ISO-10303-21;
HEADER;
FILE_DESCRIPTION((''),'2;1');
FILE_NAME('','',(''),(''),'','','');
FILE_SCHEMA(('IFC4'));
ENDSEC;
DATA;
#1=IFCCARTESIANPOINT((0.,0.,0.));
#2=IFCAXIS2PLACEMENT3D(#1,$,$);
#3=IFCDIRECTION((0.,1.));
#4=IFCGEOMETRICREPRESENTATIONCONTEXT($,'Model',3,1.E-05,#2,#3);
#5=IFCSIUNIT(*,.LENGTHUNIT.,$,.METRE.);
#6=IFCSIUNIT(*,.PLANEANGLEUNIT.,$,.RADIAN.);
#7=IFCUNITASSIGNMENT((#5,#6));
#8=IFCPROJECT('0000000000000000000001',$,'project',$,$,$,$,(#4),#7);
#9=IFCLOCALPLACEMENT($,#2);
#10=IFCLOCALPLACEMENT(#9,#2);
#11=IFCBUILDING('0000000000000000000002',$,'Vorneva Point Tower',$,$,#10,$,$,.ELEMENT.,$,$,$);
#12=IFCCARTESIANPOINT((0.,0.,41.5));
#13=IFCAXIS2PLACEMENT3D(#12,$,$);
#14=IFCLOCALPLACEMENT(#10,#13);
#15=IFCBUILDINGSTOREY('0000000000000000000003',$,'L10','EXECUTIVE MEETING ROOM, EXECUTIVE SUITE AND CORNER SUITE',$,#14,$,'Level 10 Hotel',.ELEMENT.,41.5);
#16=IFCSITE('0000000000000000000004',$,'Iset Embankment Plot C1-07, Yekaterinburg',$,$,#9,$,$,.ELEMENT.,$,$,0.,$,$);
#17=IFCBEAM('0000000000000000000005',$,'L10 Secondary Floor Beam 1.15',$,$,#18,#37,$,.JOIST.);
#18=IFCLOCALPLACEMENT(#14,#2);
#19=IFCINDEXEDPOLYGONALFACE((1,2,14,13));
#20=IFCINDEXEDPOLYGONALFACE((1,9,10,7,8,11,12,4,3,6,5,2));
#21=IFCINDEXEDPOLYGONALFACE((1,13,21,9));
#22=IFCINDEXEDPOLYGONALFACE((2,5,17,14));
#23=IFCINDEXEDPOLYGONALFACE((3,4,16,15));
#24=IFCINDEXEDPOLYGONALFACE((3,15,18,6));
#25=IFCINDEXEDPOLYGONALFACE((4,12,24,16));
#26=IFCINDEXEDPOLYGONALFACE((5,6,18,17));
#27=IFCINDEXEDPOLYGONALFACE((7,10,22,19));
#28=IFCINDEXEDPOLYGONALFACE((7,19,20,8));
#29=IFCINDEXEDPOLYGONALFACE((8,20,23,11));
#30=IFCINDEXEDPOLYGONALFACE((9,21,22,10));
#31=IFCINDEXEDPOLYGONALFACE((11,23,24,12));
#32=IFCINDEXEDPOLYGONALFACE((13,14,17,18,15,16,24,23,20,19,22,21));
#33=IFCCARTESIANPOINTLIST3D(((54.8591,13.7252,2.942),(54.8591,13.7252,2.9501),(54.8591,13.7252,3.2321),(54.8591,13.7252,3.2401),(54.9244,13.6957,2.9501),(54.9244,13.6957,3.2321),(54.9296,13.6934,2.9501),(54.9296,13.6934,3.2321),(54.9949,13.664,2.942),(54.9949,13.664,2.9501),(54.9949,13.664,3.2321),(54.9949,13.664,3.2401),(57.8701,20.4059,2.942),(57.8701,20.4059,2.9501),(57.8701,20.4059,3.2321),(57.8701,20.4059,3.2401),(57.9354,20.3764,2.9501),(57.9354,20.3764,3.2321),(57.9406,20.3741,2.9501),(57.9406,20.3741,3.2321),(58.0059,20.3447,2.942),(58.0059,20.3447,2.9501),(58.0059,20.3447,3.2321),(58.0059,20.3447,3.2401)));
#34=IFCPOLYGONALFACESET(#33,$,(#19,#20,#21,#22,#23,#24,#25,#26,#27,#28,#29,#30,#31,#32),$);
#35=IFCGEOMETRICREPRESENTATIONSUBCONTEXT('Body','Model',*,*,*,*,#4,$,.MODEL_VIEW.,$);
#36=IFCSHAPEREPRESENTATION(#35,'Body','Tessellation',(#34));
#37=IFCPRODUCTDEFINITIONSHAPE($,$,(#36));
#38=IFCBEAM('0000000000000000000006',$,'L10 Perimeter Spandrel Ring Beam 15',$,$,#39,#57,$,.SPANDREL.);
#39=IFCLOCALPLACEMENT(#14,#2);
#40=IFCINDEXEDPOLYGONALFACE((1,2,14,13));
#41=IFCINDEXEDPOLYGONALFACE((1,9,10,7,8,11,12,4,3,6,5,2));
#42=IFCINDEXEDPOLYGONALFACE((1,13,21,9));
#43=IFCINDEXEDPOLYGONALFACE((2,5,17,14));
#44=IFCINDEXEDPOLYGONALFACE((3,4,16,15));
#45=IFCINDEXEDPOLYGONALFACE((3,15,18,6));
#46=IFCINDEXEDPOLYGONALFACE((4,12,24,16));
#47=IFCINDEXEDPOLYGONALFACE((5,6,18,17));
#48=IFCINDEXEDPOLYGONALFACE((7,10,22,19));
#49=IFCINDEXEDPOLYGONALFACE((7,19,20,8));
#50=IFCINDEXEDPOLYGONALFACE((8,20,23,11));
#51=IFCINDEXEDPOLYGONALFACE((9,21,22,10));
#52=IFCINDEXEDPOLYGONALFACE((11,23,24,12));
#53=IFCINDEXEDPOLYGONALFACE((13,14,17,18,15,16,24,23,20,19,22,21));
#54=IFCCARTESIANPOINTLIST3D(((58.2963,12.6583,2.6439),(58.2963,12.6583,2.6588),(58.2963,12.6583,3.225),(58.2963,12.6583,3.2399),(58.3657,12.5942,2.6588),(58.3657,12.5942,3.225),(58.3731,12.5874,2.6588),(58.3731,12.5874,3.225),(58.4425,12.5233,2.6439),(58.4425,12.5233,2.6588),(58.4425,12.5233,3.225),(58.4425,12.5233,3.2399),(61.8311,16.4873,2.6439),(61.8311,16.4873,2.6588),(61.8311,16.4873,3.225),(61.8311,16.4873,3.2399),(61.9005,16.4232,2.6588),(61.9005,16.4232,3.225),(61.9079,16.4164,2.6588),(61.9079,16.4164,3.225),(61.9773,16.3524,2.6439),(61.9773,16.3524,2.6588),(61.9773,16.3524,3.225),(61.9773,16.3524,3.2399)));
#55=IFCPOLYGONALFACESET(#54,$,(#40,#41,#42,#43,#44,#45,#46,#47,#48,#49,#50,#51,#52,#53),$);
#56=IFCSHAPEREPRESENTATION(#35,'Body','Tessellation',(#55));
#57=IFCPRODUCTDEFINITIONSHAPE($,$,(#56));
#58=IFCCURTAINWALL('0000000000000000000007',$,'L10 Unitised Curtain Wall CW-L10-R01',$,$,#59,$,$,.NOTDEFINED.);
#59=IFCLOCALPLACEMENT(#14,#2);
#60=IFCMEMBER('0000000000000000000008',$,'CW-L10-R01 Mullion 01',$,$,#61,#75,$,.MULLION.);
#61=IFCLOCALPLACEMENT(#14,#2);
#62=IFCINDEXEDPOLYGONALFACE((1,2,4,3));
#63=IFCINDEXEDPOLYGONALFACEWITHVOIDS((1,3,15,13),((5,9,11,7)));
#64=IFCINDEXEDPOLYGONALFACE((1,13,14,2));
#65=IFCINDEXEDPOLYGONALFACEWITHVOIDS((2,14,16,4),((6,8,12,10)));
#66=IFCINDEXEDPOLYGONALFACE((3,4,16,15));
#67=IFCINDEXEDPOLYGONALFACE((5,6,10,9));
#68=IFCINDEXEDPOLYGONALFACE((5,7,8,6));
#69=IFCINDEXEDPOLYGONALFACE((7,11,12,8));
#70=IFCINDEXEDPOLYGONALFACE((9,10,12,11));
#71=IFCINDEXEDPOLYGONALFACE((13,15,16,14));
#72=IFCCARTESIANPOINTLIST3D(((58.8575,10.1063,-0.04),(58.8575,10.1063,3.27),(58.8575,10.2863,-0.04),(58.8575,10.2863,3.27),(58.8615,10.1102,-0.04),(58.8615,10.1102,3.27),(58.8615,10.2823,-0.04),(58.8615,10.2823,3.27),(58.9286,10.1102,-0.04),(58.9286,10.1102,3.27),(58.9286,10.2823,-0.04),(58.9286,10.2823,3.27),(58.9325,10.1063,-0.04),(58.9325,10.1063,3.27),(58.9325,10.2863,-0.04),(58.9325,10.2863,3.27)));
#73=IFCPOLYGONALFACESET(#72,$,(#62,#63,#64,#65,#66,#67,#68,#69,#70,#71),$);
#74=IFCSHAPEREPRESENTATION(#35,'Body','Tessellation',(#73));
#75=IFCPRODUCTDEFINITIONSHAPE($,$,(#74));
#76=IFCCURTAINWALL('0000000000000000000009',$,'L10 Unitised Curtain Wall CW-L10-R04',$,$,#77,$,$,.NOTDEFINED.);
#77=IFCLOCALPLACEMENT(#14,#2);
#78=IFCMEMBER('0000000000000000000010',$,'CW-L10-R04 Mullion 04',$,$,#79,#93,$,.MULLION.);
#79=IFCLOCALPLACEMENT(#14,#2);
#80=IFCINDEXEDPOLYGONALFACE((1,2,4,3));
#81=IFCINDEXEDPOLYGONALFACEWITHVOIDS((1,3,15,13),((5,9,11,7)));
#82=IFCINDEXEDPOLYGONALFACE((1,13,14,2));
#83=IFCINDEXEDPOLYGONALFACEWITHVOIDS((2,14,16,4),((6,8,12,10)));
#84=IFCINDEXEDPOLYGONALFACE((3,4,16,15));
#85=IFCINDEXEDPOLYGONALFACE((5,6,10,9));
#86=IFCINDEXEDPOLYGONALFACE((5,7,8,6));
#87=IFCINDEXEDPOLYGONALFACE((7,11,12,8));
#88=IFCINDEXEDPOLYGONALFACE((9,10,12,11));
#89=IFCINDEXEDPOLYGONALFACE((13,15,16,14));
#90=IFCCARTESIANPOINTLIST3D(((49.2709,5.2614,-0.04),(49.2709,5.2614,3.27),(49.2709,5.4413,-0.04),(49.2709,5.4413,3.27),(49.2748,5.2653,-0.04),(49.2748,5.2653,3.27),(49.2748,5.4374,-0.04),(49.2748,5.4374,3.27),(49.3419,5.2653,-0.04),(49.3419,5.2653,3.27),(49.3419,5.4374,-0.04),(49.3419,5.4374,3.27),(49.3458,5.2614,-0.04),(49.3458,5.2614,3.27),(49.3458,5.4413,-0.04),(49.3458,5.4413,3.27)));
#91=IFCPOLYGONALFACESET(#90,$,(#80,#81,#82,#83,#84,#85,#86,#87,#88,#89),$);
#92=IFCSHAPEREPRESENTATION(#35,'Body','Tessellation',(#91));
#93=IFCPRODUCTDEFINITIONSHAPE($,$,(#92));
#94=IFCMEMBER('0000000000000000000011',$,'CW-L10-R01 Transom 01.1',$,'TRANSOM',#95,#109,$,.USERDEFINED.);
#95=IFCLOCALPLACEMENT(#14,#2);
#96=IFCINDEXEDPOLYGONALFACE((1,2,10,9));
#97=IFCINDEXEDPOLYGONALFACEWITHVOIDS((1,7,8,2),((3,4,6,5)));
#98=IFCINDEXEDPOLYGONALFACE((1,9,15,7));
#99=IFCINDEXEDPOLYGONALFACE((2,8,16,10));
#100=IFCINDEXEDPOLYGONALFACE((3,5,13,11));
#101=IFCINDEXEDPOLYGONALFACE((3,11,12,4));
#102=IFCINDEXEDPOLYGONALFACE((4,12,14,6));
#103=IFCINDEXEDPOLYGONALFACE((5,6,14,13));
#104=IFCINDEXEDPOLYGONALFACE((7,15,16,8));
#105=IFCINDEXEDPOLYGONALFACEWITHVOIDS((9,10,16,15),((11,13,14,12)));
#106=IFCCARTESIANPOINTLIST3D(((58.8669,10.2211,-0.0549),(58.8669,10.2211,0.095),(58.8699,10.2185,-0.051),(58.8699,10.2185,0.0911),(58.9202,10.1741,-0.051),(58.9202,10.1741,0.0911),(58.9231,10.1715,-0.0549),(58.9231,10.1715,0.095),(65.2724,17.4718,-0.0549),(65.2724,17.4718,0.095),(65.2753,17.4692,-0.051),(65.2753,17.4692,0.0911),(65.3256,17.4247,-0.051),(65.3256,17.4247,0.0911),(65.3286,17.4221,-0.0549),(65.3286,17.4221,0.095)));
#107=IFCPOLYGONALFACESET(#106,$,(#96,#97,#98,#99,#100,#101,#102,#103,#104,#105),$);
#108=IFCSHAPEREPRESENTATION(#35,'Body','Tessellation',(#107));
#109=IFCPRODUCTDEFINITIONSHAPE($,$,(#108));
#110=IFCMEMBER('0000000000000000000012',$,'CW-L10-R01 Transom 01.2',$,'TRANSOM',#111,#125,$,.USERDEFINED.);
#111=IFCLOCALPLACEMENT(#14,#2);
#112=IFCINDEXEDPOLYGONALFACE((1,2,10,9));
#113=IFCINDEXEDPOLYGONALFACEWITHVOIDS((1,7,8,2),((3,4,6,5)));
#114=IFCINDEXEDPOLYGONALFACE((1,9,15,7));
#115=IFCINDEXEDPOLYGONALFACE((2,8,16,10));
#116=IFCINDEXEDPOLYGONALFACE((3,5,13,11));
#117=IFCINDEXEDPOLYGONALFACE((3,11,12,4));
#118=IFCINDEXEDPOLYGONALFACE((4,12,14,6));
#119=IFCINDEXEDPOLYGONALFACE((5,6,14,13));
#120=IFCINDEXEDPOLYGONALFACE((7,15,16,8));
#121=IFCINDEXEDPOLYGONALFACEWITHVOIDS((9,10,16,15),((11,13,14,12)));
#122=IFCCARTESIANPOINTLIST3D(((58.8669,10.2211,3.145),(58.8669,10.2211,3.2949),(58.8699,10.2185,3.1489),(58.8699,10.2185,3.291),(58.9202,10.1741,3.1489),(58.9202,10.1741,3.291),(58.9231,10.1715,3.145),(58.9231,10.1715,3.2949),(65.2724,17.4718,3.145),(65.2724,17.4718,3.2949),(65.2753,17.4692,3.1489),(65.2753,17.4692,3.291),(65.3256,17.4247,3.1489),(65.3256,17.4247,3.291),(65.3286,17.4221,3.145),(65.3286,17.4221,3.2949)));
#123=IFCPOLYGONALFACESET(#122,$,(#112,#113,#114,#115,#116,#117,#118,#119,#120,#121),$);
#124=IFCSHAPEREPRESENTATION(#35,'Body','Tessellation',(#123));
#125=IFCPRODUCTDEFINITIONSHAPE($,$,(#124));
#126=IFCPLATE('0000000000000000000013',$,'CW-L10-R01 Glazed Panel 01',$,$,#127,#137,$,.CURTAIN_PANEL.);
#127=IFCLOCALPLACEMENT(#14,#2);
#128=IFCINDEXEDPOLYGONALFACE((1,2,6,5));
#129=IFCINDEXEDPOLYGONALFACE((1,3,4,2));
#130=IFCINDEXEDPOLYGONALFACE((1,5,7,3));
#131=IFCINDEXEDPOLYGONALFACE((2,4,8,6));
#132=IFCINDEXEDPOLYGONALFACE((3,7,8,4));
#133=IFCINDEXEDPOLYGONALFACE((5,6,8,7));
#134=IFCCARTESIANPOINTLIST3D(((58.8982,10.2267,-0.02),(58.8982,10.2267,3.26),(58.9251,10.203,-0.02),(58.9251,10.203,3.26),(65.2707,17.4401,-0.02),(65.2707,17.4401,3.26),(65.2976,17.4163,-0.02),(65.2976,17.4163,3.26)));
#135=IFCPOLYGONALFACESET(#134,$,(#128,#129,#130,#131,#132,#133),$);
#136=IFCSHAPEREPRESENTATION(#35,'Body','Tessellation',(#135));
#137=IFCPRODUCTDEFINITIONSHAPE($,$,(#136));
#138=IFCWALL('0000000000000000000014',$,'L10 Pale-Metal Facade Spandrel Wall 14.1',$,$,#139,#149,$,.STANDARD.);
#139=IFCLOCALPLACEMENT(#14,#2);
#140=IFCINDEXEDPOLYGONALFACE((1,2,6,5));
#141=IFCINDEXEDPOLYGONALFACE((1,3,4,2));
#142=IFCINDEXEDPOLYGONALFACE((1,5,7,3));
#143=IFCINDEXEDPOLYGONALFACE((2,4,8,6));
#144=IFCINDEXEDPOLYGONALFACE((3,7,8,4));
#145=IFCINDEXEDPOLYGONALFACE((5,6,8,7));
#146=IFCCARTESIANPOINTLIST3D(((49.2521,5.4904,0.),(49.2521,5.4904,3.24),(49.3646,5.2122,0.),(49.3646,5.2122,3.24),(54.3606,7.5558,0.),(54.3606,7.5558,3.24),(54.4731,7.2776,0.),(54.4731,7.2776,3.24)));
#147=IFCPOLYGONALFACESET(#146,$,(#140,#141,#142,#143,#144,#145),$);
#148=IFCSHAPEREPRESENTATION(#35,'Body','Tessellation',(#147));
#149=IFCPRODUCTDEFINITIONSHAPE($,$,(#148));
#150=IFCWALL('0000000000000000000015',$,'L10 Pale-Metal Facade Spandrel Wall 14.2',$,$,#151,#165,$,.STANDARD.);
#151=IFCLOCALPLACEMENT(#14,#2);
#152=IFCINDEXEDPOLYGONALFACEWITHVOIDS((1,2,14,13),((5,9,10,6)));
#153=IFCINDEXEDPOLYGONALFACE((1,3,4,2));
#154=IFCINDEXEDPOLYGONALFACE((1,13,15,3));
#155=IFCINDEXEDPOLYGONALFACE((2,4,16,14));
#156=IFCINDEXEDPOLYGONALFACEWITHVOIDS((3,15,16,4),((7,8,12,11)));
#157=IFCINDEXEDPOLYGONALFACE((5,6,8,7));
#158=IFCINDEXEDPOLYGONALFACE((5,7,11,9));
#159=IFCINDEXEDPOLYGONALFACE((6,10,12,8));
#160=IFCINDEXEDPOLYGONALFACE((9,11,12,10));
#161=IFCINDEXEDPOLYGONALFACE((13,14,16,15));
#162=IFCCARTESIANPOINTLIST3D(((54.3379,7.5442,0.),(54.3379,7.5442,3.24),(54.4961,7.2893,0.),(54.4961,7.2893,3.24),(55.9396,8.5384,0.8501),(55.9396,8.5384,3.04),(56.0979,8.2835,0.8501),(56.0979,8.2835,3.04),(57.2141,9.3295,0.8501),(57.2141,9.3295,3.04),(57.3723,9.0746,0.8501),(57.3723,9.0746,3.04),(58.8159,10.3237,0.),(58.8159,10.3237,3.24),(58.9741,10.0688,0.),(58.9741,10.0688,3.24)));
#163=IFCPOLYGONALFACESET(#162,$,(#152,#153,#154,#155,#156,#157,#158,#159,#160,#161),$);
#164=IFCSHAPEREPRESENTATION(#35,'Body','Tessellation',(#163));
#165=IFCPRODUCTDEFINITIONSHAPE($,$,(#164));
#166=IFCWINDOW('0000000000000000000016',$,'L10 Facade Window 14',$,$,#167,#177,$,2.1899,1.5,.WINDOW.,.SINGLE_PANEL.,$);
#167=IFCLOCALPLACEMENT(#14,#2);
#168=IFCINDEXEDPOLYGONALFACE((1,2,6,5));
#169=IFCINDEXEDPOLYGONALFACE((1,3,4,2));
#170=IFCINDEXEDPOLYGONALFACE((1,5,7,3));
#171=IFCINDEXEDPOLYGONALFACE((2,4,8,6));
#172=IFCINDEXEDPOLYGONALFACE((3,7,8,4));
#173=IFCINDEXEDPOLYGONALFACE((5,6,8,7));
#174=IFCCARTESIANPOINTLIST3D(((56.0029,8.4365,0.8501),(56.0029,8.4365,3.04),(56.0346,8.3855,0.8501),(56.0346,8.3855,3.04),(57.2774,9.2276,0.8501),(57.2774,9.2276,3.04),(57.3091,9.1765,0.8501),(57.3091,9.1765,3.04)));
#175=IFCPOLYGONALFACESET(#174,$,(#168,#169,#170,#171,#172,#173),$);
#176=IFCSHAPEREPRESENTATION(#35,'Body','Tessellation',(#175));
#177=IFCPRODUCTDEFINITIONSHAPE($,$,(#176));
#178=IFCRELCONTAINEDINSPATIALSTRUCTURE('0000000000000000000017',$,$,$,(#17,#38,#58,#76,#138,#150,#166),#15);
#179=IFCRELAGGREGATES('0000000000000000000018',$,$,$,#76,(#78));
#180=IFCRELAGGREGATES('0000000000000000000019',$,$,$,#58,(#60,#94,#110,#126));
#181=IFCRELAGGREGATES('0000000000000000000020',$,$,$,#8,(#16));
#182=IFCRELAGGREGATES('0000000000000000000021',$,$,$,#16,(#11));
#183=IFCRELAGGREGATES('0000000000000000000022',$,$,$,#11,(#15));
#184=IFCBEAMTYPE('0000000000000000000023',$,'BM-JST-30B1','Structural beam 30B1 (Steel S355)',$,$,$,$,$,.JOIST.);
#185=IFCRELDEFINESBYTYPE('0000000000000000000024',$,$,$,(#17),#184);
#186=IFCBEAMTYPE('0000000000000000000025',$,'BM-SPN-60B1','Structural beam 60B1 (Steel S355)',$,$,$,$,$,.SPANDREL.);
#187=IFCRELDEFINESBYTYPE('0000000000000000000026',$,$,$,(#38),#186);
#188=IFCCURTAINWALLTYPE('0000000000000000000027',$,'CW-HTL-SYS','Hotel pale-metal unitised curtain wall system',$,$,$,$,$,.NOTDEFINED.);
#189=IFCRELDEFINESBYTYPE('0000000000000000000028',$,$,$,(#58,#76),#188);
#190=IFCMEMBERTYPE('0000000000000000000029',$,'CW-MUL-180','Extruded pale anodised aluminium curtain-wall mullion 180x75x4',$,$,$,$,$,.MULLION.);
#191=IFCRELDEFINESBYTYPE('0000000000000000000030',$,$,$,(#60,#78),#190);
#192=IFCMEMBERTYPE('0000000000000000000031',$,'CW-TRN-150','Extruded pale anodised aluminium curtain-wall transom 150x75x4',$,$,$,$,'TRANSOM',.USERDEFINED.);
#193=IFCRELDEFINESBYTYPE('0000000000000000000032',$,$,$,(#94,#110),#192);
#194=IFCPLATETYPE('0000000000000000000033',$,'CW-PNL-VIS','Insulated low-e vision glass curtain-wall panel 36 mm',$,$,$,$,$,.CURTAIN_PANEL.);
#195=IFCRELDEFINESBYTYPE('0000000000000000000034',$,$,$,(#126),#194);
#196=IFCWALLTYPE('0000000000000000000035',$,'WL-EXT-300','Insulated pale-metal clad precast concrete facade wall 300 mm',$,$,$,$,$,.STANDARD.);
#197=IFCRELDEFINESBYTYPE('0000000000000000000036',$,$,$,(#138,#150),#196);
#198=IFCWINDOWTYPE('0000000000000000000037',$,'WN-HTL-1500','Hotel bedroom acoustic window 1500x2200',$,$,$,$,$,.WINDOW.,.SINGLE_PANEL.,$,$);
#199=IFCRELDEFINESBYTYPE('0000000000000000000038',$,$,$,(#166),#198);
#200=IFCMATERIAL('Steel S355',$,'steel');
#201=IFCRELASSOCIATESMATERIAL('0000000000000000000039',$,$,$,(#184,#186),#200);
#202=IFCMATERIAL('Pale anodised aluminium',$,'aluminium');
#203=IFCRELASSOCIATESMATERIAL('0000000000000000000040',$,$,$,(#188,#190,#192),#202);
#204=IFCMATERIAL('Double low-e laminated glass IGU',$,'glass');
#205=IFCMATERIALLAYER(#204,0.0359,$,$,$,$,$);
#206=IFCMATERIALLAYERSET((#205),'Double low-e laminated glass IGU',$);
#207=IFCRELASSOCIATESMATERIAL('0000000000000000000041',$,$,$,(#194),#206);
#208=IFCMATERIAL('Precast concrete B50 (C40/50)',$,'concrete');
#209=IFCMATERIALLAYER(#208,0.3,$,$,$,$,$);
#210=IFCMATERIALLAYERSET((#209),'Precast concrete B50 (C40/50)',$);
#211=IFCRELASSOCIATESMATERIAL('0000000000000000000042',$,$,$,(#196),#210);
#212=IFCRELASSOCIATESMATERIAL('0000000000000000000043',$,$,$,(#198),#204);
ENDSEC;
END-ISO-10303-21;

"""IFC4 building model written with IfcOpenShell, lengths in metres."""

from ifc_helpers import new_model, si_unit, direction, frame, frame_2d, origin, origin_2d, place, context, subcontext, project, spatial, rectangle, hollow_rectangle, i_section, extrude, material, layer, layer_set, material_profile, profile_set, type_object, element, fill, aggregate, save


model = new_model("IFC4")

# Units and contexts
model_context = context("Model", 3, precision=1e-05, world=origin(), true_north=direction((0.0, 1.0)))
body_context = subcontext(model_context, "Body", "Model", "MODEL_VIEW")
ifc_project = project(units=[si_unit("LENGTHUNIT", "METRE"), si_unit("PLANEANGLEUNIT", "RADIAN")], contexts=[model_context])

# Site, building, storey
site_placement = place(None, origin())
site = spatial("IfcSite", under=ifc_project, at=site_placement, Name="Iset Embankment Plot C1-07, Yekaterinburg", CompositionType="ELEMENT", RefElevation=0.0)
building_placement = place(site_placement, origin())
building = spatial("IfcBuilding", under=site, at=building_placement, Name="Vorneva Point Tower", CompositionType="ELEMENT")
storey_placement = place(building_placement, frame((0.0, 0.0, 41.5)))
storey = spatial("IfcBuildingStorey", under=building, at=storey_placement, Name="L10", Description="EXECUTIVE MEETING ROOM, EXECUTIVE SUITE AND CORNER SUITE", LongName="Level 10 Hotel", CompositionType="ELEMENT", Elevation=41.5)

# Beams
ifc_material_1 = material(Name="Steel S355", Category="steel")
ifc_material_profile_1 = material_profile(ifc_material_1, i_section(OverallWidth=0.1489, OverallDepth=0.2981, WebThickness=0.0056, FlangeThickness=0.0081, at=origin_2d()), Name="30B1")
ifc_profile_set_1 = profile_set([ifc_material_profile_1], Name="Steel S355")
beam_type_1 = type_object("IfcBeamType", Name="BM-JST-30B1", Description="Structural beam 30B1 (Steel S355)", PredefinedType="JOIST", material=ifc_profile_set_1)
beam_1_placement = place(storey_placement, frame((54.927, 13.6946, 3.0911), z_axis=(0.410897, 0.911682, 0.0), x_axis=(-0.911682, 0.410897, 0.0)))
element("IfcBeam", 1, at=beam_1_placement, inside=storey, type_object=beam_type_1, Name="L10 Secondary Floor Beam 1.15", PredefinedType="JOIST", context=body_context, shape_type="SweptSolid", body=[
    extrude(i_section(OverallWidth=0.1489, OverallDepth=0.2981, WebThickness=0.0056, FlangeThickness=0.0081, at=origin_2d()), origin(), (0.0, 0.0, 1.0), 7.3279),
])
ifc_material_profile_2 = material_profile(ifc_material_1, i_section(OverallWidth=0.199, OverallDepth=0.5959, WebThickness=0.01, FlangeThickness=0.0149, at=origin_2d()), Name="60B1")
ifc_profile_set_2 = profile_set([ifc_material_profile_2], Name="Steel S355")
beam_type_2 = type_object("IfcBeamType", Name="BM-SPN-60B1", Description="Structural beam 60B1 (Steel S355)", PredefinedType="SPANDREL", material=ifc_profile_set_2)
beam_2_placement = place(storey_placement, frame((58.3694, 12.5908, 2.9419), z_axis=(0.678317, 0.734769, 0.0), x_axis=(-0.734769, 0.678317, 0.0)))
element("IfcBeam", 2, at=beam_2_placement, inside=storey, type_object=beam_type_2, Name="L10 Perimeter Spandrel Ring Beam 15", PredefinedType="SPANDREL", context=body_context, shape_type="SweptSolid", body=[
    extrude(i_section(OverallWidth=0.199, OverallDepth=0.5959, WebThickness=0.01, FlangeThickness=0.0149, at=origin_2d()), origin(), (0.0, 0.0, 1.0), 5.2112),
])

# Curtain walls, members
ifc_material_2 = material(Name="Pale anodised aluminium", Category="aluminium")
curtain_wall_type = type_object("IfcCurtainWallType", Name="CW-HTL-SYS", Description="Hotel pale-metal unitised curtain wall system", PredefinedType="NOTDEFINED", material=ifc_material_2)
curtain_wall_1_placement = place(storey_placement, origin())
curtain_wall_1 = element("IfcCurtainWall", 3, at=curtain_wall_1_placement, inside=storey, type_object=curtain_wall_type, Name="L10 Unitised Curtain Wall CW-L10-R01", PredefinedType="NOTDEFINED")
ifc_material_profile_3 = material_profile(ifc_material_2, hollow_rectangle(XDim=0.075, YDim=0.1799, WallThickness=0.0039, at=origin_2d()), Name="AL-MUL 180x75x4")
ifc_profile_set_3 = profile_set([ifc_material_profile_3], Name="Pale anodised aluminium")
member_type_1 = type_object("IfcMemberType", Name="CW-MUL-180", Description="Extruded pale anodised aluminium curtain-wall mullion 180x75x4", PredefinedType="MULLION", material=ifc_profile_set_3)
member_1_placement = place(storey_placement, frame((58.895, 10.1963, -0.04), z_axis=(0.0, 0.0, 1.0), x_axis=(1.0, 0.0, 0.0)))
member_1 = element("IfcMember", 4, at=member_1_placement, type_object=member_type_1, Name="CW-L10-R01 Mullion 01", PredefinedType="MULLION", context=body_context, shape_type="SweptSolid", body=[
    extrude(hollow_rectangle(XDim=0.075, YDim=0.1799, WallThickness=0.0039, at=origin_2d()), origin(), (0.0, 0.0, 1.0), 3.3101),
])
curtain_wall_2_placement = place(storey_placement, origin())
curtain_wall_2 = element("IfcCurtainWall", 5, at=curtain_wall_2_placement, inside=storey, type_object=curtain_wall_type, Name="L10 Unitised Curtain Wall CW-L10-R04", PredefinedType="NOTDEFINED")
member_2_placement = place(storey_placement, frame((49.3083, 5.3513, -0.04), z_axis=(0.0, 0.0, 1.0), x_axis=(1.0, 0.0, 0.0)))
member_2 = element("IfcMember", 6, at=member_2_placement, type_object=member_type_1, Name="CW-L10-R04 Mullion 04", PredefinedType="MULLION", context=body_context, shape_type="SweptSolid", body=[
    extrude(hollow_rectangle(XDim=0.075, YDim=0.1799, WallThickness=0.0039, at=origin_2d()), origin(), (0.0, 0.0, 1.0), 3.3101),
])
aggregate(curtain_wall_2, [member_2])

# Members
ifc_material_profile_4 = material_profile(ifc_material_2, hollow_rectangle(XDim=0.075, YDim=0.1499, WallThickness=0.0039, at=origin_2d()), Name="AL-TRN 150x75x4")
ifc_profile_set_4 = profile_set([ifc_material_profile_4], Name="Pale anodised aluminium")
member_type_2 = type_object("IfcMemberType", Name="CW-TRN-150", Description="Extruded pale anodised aluminium curtain-wall transom 150x75x4", ElementType="TRANSOM", PredefinedType="USERDEFINED", material=ifc_profile_set_4)
member_3_placement = place(storey_placement, frame((58.895, 10.1963, 0.02), z_axis=(0.662076, 0.749437, 0.0), x_axis=(-0.749437, 0.662076, 0.0)))
member_3 = element("IfcMember", 7, at=member_3_placement, type_object=member_type_2, Name="CW-L10-R01 Transom 01.1", ObjectType="TRANSOM", PredefinedType="USERDEFINED", context=body_context, shape_type="SweptSolid", body=[
    extrude(hollow_rectangle(XDim=0.075, YDim=0.1499, WallThickness=0.0039, at=origin_2d()), origin(), (0.0, 0.0, 1.0), 9.6748),
])
member_4_placement = place(storey_placement, frame((58.895, 10.1963, 3.22), z_axis=(0.662076, 0.749437, 0.0), x_axis=(-0.749437, 0.662076, 0.0)))
member_4 = element("IfcMember", 8, at=member_4_placement, type_object=member_type_2, Name="CW-L10-R01 Transom 01.2", ObjectType="TRANSOM", PredefinedType="USERDEFINED", context=body_context, shape_type="SweptSolid", body=[
    extrude(hollow_rectangle(XDim=0.075, YDim=0.1499, WallThickness=0.0039, at=origin_2d()), origin(), (0.0, 0.0, 1.0), 9.6748),
])

# Plate
ifc_material_3 = material(Name="Double low-e laminated glass IGU", Category="glass")
ifc_layer_1 = layer(ifc_material_3, 0.0359)
ifc_layer_set_1 = layer_set([ifc_layer_1], Name="Double low-e laminated glass IGU")
plate_type = type_object("IfcPlateType", Name="CW-PNL-VIS", Description="Insulated low-e vision glass curtain-wall panel 36 mm", PredefinedType="CURTAIN_PANEL", material=ifc_layer_set_1)
plate_placement = place(storey_placement, frame((62.0979, 13.8215, -0.02), z_axis=(0.0, 0.0, 1.0), x_axis=(0.662071, 0.749441, 0.0)))
plate = element("IfcPlate", 9, at=plate_placement, type_object=plate_type, Name="CW-L10-R01 Glazed Panel 01", PredefinedType="CURTAIN_PANEL", context=body_context, shape_type="SweptSolid", body=[
    extrude(rectangle(XDim=9.625, YDim=0.0359, at=origin_2d()), origin(), (0.0, 0.0, 1.0), 3.28),
])
aggregate(curtain_wall_1, [member_1, member_3, member_4, plate])

# Wall
ifc_material_4 = material(Name="Precast concrete B50 (C40/50)", Category="concrete")
ifc_layer_2 = layer(ifc_material_4, 0.3)
ifc_layer_set_2 = layer_set([ifc_layer_2], Name="Precast concrete B50 (C40/50)")
wall_type_1 = type_object("IfcWallType", Name="WL-EXT-300", Description="Insulated pale-metal clad precast concrete facade wall 300 mm", PredefinedType="STANDARD", material=ifc_layer_set_2)
wall_1_placement = place(storey_placement, frame((49.3083, 5.3513, 0.0), z_axis=(0.0, 0.0, 1.0), x_axis=(0.927095, 0.374826, 0.0)))
element("IfcWall", 10, at=wall_1_placement, inside=storey, type_object=wall_type_1, Name="L10 Pale-Metal Facade Spandrel Wall 14.1", PredefinedType="STANDARD", context=body_context, shape_type="SweptSolid", body=[
    extrude(rectangle(XDim=5.5103, YDim=0.3, at=frame_2d((2.7551, 0.0))), origin(), (0.0, 0.0, 1.0), 3.24),
])

# Wall, opening, window
wall_2_placement = place(storey_placement, frame((54.417, 7.4167, 0.0), z_axis=(0.0, 0.0, 1.0), x_axis=(0.849634, 0.527373, 0.0)))
wall_2 = element("IfcWall", 11, at=wall_2_placement, inside=storey, type_object=wall_type_1, Name="L10 Pale-Metal Facade Spandrel Wall 14.2", PredefinedType="STANDARD", context=body_context, shape_type="SweptSolid", body=[
    extrude(rectangle(XDim=5.2705, YDim=0.3, at=frame_2d((2.6353, 0.0))), origin(), (0.0, 0.0, 1.0), 3.24),
])
opening_placement = place(wall_2_placement, frame((1.8853, 0.0, 0.8501)))
opening = element("IfcOpeningElement", 12, at=opening_placement, cuts=wall_2, PredefinedType="OPENING", context=body_context, shape_type="SweptSolid", body=[
    extrude(rectangle(XDim=1.5, YDim=2.1899, at=frame_2d((0.75, 1.095))), frame((0.0, 0.165, 0.0), z_axis=(0.0, -1.0, 0.0), x_axis=(1.0, 0.0, 0.0)), (0.0, 0.0, 1.0), 0.3298),
])
window_type = type_object("IfcWindowType", Name="WN-HTL-1500", Description="Hotel bedroom acoustic window 1500x2200", PartitioningType="SINGLE_PANEL", PredefinedType="WINDOW", material=ifc_material_3)
window_placement = place(opening_placement, origin())
window = element("IfcWindow", 13, at=window_placement, inside=storey, type_object=window_type, Name="L10 Facade Window 14", OverallHeight=2.1899, OverallWidth=1.5, PartitioningType="SINGLE_PANEL", PredefinedType="WINDOW", context=body_context, shape_type="SweptSolid", body=[
    extrude(rectangle(XDim=1.5, YDim=2.1899, at=frame_2d((0.75, 1.095))), frame((0.0, 0.03, 0.0), z_axis=(0.0, -1.0, 0.0), x_axis=(1.0, 0.0, 0.0)), (0.0, 0.0, 1.0), 0.0601),
])
fill(opening, window)

save(model, "model.ifc")
